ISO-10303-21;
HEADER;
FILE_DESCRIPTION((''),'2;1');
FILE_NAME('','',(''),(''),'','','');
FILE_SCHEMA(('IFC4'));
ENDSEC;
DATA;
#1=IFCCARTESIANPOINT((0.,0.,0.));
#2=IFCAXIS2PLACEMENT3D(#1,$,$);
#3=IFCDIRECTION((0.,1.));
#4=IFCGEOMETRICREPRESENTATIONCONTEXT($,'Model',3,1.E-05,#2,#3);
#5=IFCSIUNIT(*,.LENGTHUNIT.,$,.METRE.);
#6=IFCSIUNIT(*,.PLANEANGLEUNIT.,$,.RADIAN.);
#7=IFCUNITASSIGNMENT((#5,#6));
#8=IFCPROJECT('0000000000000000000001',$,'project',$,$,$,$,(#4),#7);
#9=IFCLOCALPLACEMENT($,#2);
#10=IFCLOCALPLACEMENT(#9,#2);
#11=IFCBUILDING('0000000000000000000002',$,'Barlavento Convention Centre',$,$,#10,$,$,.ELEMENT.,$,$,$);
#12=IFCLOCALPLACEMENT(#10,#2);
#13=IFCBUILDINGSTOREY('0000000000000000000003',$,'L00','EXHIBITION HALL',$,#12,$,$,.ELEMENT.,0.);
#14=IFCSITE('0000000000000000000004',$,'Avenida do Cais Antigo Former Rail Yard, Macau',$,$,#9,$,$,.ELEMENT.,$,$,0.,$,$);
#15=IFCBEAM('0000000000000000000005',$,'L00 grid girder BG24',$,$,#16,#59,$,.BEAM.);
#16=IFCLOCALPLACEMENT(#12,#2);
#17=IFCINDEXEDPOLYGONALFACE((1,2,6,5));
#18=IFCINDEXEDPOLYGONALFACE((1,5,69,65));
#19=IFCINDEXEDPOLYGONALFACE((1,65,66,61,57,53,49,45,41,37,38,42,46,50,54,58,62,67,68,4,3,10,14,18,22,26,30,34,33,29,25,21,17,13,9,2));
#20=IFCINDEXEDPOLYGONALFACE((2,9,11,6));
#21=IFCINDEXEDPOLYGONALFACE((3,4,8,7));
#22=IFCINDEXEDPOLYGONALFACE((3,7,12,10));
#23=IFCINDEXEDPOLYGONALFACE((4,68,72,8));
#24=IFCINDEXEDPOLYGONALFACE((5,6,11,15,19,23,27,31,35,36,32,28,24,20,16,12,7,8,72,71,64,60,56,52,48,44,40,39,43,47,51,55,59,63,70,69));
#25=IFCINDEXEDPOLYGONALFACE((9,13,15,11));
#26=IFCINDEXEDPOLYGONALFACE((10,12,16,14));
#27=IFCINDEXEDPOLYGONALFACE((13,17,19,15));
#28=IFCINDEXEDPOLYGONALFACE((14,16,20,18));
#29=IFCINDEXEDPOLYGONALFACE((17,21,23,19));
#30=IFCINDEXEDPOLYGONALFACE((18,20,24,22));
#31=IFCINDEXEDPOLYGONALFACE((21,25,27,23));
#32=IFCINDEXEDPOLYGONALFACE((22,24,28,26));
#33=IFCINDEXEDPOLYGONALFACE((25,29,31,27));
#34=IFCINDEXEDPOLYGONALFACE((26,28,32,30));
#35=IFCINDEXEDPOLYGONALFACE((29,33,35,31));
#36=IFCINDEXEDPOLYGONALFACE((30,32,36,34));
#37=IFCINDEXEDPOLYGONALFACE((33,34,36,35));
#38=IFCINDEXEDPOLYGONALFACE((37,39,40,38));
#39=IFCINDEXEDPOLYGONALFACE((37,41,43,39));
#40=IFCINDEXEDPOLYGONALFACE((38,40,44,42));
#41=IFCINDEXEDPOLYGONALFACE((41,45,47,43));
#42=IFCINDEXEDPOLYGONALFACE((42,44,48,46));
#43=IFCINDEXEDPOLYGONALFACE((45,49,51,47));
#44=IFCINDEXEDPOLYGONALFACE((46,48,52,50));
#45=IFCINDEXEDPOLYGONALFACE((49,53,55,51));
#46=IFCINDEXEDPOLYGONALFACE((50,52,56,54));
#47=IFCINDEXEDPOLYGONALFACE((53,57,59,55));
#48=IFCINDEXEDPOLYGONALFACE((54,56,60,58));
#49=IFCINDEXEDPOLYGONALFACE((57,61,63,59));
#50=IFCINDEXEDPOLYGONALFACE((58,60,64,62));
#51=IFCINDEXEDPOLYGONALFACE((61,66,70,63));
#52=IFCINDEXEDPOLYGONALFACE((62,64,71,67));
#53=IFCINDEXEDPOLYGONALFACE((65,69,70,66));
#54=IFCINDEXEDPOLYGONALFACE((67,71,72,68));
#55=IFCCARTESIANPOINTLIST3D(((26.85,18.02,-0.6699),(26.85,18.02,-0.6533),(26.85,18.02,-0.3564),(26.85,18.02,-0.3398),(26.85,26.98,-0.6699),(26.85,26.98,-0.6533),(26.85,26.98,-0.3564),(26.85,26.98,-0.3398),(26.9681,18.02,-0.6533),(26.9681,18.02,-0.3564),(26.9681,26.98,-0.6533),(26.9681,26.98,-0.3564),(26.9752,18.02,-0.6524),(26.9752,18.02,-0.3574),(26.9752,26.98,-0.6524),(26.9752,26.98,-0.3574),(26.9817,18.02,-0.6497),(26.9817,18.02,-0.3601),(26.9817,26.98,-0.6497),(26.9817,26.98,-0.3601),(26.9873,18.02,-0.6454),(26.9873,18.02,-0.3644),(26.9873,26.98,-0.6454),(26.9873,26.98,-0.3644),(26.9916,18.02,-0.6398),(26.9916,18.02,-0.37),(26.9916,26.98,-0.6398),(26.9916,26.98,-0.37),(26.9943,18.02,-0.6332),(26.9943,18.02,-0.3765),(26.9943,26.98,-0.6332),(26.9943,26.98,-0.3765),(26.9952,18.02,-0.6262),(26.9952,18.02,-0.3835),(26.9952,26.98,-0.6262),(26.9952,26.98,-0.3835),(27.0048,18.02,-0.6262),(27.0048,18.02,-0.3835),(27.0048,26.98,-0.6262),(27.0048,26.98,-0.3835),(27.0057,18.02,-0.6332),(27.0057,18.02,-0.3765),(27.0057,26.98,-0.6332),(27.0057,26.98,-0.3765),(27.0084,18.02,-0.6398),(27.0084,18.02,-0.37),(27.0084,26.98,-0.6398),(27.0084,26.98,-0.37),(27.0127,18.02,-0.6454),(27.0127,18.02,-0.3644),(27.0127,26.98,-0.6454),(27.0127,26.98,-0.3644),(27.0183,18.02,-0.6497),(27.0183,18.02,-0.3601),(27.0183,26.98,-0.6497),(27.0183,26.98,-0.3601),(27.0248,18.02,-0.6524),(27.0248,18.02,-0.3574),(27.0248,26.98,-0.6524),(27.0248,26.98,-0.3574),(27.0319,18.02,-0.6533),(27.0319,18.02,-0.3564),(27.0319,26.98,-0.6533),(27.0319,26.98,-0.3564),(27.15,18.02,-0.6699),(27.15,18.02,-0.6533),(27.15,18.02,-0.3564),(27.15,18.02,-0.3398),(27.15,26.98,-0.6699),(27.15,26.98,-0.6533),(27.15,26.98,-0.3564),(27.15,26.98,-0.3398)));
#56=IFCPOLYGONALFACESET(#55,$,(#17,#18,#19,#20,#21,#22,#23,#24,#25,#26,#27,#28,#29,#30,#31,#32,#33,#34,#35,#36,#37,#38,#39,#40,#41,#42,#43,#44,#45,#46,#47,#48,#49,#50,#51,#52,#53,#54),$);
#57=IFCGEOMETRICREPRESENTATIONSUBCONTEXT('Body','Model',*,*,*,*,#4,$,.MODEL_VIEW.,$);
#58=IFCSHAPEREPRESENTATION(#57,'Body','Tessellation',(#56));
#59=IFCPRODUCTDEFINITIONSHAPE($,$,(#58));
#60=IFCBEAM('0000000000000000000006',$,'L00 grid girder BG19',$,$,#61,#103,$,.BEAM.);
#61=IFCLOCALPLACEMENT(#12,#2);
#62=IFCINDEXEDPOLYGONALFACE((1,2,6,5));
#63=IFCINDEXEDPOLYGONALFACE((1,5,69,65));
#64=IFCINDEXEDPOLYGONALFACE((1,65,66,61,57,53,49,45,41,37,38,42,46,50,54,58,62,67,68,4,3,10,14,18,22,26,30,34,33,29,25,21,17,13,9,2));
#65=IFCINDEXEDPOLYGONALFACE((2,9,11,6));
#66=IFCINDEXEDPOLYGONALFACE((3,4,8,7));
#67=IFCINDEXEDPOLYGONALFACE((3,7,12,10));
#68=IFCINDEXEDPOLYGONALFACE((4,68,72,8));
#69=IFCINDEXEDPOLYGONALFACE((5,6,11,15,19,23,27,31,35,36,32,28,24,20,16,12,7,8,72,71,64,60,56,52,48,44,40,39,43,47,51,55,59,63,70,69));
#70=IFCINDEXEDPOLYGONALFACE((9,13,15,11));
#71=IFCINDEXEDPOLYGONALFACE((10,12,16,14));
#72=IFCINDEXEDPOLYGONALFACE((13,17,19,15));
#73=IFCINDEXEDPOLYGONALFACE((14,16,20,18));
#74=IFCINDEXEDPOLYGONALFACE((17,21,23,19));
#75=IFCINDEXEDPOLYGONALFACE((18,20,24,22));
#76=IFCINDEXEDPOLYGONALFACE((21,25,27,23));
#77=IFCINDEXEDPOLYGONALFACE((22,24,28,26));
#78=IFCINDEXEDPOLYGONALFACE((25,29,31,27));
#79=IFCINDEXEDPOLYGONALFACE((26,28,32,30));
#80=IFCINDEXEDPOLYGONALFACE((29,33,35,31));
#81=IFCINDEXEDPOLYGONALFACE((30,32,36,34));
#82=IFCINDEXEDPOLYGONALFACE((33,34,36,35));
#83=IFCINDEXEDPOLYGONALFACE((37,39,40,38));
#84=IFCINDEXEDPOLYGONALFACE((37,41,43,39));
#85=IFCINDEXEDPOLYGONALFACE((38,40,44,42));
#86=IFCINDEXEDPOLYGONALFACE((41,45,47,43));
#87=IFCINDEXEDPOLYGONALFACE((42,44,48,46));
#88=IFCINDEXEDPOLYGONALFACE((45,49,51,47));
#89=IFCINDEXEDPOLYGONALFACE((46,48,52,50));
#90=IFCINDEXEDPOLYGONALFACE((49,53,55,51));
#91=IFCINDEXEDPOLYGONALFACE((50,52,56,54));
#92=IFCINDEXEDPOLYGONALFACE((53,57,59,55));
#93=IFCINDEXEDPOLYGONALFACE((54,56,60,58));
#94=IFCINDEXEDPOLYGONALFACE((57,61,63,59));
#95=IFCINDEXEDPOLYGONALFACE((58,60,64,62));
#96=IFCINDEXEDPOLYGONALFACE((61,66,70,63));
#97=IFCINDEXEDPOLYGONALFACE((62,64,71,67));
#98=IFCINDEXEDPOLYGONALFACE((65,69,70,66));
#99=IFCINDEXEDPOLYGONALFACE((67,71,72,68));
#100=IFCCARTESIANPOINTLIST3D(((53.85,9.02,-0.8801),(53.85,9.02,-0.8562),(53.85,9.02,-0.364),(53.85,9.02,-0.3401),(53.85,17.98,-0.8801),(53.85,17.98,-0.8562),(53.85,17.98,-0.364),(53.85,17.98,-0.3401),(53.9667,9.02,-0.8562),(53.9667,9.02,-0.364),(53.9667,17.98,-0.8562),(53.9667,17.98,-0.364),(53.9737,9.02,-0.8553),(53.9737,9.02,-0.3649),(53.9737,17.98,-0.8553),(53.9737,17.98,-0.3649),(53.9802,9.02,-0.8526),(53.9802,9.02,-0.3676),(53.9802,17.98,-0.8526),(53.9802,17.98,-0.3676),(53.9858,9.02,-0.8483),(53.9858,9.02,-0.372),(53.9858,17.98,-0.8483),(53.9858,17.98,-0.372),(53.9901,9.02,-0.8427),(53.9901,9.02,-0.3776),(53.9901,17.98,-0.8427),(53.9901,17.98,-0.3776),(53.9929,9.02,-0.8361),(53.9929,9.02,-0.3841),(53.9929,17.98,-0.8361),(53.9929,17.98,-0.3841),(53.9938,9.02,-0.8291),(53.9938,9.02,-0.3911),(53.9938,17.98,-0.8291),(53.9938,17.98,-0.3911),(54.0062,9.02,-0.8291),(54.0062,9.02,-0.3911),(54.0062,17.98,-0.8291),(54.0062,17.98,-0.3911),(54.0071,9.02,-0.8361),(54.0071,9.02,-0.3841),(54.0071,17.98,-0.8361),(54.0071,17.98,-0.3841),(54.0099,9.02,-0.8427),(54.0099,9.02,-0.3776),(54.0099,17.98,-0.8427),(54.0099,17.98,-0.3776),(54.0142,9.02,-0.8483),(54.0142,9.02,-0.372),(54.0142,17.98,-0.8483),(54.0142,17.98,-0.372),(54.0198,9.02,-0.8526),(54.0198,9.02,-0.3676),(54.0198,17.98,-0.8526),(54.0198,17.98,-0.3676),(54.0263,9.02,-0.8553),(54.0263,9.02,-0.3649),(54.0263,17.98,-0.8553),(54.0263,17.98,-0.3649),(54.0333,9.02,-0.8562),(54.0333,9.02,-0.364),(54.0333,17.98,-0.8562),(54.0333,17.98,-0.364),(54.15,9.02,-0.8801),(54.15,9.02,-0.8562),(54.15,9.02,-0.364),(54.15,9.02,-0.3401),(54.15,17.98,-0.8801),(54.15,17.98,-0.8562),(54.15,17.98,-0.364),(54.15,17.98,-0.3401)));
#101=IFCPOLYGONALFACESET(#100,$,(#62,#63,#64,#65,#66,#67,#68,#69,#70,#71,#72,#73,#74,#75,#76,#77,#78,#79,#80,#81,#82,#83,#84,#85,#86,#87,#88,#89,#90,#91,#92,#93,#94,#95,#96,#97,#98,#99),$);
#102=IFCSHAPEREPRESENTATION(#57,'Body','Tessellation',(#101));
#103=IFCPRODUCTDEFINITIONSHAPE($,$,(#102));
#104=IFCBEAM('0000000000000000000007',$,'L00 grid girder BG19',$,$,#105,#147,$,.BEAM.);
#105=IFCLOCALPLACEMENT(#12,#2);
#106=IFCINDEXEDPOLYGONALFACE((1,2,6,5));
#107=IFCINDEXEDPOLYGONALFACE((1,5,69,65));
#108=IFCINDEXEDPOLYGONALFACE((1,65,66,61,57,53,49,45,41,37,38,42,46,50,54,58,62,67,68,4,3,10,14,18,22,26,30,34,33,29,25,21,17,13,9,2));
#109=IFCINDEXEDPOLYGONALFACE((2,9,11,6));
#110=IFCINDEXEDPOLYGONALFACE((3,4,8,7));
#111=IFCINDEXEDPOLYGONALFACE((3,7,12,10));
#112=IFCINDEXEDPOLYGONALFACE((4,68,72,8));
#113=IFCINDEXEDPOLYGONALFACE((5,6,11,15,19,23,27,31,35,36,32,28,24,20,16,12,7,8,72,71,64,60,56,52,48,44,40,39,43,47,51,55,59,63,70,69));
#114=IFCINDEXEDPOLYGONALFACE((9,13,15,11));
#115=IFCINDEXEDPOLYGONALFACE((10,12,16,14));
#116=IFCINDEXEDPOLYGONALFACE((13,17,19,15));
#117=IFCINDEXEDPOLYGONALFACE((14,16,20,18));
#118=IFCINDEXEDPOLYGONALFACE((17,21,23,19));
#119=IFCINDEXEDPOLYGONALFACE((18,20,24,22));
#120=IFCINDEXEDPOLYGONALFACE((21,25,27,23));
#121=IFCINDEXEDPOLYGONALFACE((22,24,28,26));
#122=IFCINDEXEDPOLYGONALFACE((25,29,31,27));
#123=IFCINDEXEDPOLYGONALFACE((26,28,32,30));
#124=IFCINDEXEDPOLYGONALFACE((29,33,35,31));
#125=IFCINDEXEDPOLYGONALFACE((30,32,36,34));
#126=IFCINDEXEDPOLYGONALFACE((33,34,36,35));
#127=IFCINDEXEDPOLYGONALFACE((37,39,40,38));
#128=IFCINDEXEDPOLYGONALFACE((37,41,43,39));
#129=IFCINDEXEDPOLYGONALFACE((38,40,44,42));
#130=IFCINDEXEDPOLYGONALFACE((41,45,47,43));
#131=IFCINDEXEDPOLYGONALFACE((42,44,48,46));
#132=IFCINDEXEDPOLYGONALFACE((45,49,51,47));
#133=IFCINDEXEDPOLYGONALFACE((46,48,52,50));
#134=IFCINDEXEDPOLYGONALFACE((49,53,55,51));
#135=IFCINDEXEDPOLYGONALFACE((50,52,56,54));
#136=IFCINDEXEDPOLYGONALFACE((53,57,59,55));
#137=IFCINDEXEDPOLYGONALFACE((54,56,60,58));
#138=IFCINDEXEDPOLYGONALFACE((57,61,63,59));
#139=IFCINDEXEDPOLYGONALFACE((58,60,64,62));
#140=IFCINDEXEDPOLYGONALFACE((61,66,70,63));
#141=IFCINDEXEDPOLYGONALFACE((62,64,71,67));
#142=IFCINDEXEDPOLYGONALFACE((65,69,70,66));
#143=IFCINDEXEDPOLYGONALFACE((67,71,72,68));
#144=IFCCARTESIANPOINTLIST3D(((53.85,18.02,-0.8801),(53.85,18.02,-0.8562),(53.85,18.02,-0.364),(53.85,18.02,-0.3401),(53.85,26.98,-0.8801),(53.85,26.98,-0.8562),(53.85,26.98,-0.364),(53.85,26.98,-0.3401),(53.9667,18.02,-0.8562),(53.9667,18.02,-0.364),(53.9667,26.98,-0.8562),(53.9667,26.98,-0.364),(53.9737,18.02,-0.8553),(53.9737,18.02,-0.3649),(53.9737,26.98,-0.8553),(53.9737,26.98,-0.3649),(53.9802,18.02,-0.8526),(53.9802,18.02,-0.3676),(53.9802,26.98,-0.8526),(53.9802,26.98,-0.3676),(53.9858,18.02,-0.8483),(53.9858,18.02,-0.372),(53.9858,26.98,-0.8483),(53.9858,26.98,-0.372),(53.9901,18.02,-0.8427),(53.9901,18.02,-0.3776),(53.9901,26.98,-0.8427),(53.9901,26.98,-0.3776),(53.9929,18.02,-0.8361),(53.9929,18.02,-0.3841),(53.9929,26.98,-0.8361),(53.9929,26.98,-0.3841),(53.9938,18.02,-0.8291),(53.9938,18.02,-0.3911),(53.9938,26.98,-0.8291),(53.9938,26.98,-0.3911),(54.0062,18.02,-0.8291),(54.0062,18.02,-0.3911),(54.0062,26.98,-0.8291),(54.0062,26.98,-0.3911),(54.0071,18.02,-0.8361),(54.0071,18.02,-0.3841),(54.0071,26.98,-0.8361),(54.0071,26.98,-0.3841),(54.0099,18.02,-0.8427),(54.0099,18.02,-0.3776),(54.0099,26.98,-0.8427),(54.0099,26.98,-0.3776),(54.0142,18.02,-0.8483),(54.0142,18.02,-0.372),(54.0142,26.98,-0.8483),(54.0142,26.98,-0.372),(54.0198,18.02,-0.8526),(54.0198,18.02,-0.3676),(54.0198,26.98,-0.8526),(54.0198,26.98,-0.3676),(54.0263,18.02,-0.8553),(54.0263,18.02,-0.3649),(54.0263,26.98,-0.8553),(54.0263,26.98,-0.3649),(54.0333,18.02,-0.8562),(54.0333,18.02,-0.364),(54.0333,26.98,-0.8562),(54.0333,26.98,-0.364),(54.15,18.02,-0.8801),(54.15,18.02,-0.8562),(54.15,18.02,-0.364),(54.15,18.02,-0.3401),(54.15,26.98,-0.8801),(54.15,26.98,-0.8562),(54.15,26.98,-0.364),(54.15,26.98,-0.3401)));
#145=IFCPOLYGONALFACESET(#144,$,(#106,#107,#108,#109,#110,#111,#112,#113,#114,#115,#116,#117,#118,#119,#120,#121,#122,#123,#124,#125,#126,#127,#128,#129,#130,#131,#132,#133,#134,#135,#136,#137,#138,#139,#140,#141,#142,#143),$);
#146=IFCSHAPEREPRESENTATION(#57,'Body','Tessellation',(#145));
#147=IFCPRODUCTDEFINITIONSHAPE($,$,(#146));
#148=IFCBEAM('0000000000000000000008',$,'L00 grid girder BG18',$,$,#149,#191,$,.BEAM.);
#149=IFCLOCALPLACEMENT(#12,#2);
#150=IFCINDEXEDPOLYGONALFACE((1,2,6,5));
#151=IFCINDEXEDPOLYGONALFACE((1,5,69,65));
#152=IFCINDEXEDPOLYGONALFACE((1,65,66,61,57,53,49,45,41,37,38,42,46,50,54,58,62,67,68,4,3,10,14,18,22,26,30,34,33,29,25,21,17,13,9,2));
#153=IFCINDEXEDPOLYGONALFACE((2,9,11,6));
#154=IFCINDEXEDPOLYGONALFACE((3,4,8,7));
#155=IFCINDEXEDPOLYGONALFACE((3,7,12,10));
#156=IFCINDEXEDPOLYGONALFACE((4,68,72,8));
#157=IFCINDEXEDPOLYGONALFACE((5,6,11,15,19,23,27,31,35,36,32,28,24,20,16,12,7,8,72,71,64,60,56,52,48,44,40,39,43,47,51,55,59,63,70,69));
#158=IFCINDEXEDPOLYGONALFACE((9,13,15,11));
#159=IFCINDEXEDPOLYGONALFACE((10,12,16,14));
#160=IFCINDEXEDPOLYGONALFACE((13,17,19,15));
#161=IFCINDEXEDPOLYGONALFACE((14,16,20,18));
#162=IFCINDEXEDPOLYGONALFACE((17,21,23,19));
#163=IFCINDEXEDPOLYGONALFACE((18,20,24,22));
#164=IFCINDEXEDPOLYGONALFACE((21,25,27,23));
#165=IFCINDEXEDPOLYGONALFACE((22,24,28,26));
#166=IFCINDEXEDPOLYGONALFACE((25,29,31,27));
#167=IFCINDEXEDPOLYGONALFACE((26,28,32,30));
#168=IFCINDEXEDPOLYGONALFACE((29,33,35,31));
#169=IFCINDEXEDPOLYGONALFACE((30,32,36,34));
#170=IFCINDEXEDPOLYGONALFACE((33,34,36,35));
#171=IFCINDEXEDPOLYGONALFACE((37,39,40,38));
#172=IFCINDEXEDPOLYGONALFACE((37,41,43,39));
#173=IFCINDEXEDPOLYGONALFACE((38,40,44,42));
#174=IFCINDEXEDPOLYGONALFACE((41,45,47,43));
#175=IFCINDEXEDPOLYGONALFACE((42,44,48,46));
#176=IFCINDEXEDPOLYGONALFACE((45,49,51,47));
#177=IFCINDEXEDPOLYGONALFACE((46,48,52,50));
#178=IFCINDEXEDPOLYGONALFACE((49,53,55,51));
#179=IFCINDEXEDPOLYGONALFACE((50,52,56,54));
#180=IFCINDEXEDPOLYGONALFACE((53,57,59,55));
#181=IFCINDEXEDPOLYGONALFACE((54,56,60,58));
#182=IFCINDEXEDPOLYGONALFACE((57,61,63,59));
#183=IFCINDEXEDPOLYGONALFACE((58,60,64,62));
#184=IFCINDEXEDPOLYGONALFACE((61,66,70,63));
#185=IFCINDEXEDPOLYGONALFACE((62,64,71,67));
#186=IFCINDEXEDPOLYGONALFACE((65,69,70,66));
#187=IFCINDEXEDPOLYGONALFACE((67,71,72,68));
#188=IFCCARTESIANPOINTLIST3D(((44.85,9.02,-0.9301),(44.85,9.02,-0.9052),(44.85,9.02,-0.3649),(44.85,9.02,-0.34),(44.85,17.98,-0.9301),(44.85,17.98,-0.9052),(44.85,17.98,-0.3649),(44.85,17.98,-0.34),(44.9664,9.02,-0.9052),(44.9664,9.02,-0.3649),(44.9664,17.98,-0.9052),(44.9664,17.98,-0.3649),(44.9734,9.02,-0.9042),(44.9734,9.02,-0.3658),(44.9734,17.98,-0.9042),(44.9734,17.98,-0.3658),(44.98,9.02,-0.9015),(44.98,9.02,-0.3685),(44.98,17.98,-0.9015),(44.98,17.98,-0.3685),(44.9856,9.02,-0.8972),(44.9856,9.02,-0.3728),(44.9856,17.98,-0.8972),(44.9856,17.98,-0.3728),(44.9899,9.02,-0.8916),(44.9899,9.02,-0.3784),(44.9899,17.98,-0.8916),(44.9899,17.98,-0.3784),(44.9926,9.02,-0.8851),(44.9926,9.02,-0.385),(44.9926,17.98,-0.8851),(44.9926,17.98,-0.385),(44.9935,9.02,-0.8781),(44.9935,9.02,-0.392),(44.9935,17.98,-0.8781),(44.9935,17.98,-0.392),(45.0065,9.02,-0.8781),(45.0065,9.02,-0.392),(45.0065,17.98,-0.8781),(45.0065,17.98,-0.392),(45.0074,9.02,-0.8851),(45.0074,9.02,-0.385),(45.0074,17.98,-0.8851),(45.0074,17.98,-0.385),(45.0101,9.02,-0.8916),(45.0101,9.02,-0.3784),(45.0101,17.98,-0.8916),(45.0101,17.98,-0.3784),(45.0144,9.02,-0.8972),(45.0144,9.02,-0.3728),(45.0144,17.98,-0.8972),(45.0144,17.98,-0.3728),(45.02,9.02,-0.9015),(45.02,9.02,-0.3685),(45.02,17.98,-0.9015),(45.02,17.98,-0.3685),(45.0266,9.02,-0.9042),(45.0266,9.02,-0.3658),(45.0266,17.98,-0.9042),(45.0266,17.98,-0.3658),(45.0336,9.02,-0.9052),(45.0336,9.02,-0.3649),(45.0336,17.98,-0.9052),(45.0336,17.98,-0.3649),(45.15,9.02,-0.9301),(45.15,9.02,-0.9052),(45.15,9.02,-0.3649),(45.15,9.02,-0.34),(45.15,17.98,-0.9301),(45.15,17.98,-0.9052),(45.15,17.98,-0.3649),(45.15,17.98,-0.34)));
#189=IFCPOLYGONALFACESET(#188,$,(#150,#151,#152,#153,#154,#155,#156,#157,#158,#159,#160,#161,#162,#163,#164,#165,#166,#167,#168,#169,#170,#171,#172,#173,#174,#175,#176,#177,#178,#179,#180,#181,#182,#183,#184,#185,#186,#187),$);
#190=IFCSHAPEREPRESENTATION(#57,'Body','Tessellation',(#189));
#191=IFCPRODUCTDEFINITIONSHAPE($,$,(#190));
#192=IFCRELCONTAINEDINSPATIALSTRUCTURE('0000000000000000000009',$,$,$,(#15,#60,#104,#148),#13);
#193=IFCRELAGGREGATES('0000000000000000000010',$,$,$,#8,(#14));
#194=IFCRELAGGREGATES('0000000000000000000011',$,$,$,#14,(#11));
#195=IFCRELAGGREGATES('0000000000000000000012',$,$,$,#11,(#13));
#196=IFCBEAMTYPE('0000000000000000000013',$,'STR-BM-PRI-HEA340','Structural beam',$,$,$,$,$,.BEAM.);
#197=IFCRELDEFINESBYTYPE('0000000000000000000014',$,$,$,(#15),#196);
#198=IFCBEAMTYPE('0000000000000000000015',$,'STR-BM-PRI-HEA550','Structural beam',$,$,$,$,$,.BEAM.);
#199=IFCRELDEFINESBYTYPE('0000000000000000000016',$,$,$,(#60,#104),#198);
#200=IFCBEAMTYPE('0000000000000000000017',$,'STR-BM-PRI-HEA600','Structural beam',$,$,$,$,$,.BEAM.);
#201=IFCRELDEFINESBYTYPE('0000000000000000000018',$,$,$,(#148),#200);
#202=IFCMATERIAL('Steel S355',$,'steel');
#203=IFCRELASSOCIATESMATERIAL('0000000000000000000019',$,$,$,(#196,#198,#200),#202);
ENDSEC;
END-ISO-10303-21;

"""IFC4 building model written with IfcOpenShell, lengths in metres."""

from ifc_helpers import new_model, si_unit, direction, frame, origin, origin_2d, place, context, subcontext, project, spatial, i_section, extrude, material, material_profile, profile_set, type_object, element, save


model = new_model("IFC4")

# Units and contexts
model_context = context("Model", 3, precision=1e-05, world=origin(), true_north=direction((0.0, 1.0)))
body_context = subcontext(model_context, "Body", "Model", "MODEL_VIEW")
ifc_project = project(units=[si_unit("LENGTHUNIT", "METRE"), si_unit("PLANEANGLEUNIT", "RADIAN")], contexts=[model_context])

# Site, building, storey
site_placement = place(None, origin())
site = spatial("IfcSite", under=ifc_project, at=site_placement, Name="Avenida do Cais Antigo Former Rail Yard, Macau", CompositionType="ELEMENT", RefElevation=0.0)
building_placement = place(site_placement, origin())
building = spatial("IfcBuilding", under=site, at=building_placement, Name="Barlavento Convention Centre", CompositionType="ELEMENT")
storey_placement = place(building_placement, origin())
storey = spatial("IfcBuildingStorey", under=building, at=storey_placement, Name="L00", Description="EXHIBITION HALL", CompositionType="ELEMENT", Elevation=0.0)

# Beams
ifc_material_1 = material(Name="Steel S355", Category="steel")
ifc_material_profile_1 = material_profile(ifc_material_1, i_section(OverallWidth=0.3, OverallDepth=0.3301, WebThickness=0.0095, FlangeThickness=0.0166, FilletRadius=0.0271, at=origin_2d()), Name="HEA 340")
ifc_profile_set_1 = profile_set([ifc_material_profile_1], Name="Steel S355")
beam_type_1 = type_object("IfcBeamType", Name="STR-BM-PRI-HEA340", Description="Structural beam", PredefinedType="BEAM", material=ifc_profile_set_1)
for number, where, z_axis, x_axis, name in (
    (1, (27.0, 18.02, -0.5049), (0.0, 1.0, 0.0), (-1.0, 0.0, 0.0), "L00 grid girder BG24"),
):
    element("IfcBeam", number, at=place(storey_placement, frame(where, z_axis=z_axis, x_axis=x_axis)), inside=storey, type_object=beam_type_1, Name=name, PredefinedType="BEAM", context=body_context, shape_type="SweptSolid", body=[
        extrude(i_section(OverallWidth=0.3, OverallDepth=0.3301, WebThickness=0.0095, FlangeThickness=0.0166, FilletRadius=0.0271, at=origin_2d()), origin(), (0.0, 0.0, 1.0), 8.96),
    ])
ifc_material_profile_2 = material_profile(ifc_material_1, i_section(OverallWidth=0.3, OverallDepth=0.54, WebThickness=0.0125, FlangeThickness=0.0239, FilletRadius=0.0271, at=origin_2d()), Name="HEA 550")
ifc_profile_set_2 = profile_set([ifc_material_profile_2], Name="Steel S355")
beam_type_2 = type_object("IfcBeamType", Name="STR-BM-PRI-HEA550", Description="Structural beam", PredefinedType="BEAM", material=ifc_profile_set_2)
for number, where, z_axis, x_axis, name in (
    (2, (54.0, 9.02, -0.6101), (0.0, 1.0, 0.0), (-1.0, 0.0, 0.0), "L00 grid girder BG19"),
    (3, (54.0, 18.02, -0.6101), (0.0, 1.0, 0.0), (-1.0, 0.0, 0.0), "L00 grid girder BG19"),
):
    element("IfcBeam", number, at=place(storey_placement, frame(where, z_axis=z_axis, x_axis=x_axis)), inside=storey, type_object=beam_type_2, Name=name, PredefinedType="BEAM", context=body_context, shape_type="SweptSolid", body=[
        extrude(i_section(OverallWidth=0.3, OverallDepth=0.54, WebThickness=0.0125, FlangeThickness=0.0239, FilletRadius=0.0271, at=origin_2d()), origin(), (0.0, 0.0, 1.0), 8.96),
    ])
ifc_material_profile_3 = material_profile(ifc_material_1, i_section(OverallWidth=0.3, OverallDepth=0.5901, WebThickness=0.0129, FlangeThickness=0.0249, FilletRadius=0.0271, at=origin_2d()), Name="HEA 600")
ifc_profile_set_3 = profile_set([ifc_material_profile_3], Name="Steel S355")
beam_type_3 = type_object("IfcBeamType", Name="STR-BM-PRI-HEA600", Description="Structural beam", PredefinedType="BEAM", material=ifc_profile_set_3)
for number, where, z_axis, x_axis, name in (
    (4, (45.0, 9.02, -0.635), (0.0, 1.0, 0.0), (-1.0, 0.0, 0.0), "L00 grid girder BG18"),
):
    element("IfcBeam", number, at=place(storey_placement, frame(where, z_axis=z_axis, x_axis=x_axis)), inside=storey, type_object=beam_type_3, Name=name, PredefinedType="BEAM", context=body_context, shape_type="SweptSolid", body=[
        extrude(i_section(OverallWidth=0.3, OverallDepth=0.5901, WebThickness=0.0129, FlangeThickness=0.0249, FilletRadius=0.0271, at=origin_2d()), origin(), (0.0, 0.0, 1.0), 8.96),
    ])

save(model, "model.ifc")
